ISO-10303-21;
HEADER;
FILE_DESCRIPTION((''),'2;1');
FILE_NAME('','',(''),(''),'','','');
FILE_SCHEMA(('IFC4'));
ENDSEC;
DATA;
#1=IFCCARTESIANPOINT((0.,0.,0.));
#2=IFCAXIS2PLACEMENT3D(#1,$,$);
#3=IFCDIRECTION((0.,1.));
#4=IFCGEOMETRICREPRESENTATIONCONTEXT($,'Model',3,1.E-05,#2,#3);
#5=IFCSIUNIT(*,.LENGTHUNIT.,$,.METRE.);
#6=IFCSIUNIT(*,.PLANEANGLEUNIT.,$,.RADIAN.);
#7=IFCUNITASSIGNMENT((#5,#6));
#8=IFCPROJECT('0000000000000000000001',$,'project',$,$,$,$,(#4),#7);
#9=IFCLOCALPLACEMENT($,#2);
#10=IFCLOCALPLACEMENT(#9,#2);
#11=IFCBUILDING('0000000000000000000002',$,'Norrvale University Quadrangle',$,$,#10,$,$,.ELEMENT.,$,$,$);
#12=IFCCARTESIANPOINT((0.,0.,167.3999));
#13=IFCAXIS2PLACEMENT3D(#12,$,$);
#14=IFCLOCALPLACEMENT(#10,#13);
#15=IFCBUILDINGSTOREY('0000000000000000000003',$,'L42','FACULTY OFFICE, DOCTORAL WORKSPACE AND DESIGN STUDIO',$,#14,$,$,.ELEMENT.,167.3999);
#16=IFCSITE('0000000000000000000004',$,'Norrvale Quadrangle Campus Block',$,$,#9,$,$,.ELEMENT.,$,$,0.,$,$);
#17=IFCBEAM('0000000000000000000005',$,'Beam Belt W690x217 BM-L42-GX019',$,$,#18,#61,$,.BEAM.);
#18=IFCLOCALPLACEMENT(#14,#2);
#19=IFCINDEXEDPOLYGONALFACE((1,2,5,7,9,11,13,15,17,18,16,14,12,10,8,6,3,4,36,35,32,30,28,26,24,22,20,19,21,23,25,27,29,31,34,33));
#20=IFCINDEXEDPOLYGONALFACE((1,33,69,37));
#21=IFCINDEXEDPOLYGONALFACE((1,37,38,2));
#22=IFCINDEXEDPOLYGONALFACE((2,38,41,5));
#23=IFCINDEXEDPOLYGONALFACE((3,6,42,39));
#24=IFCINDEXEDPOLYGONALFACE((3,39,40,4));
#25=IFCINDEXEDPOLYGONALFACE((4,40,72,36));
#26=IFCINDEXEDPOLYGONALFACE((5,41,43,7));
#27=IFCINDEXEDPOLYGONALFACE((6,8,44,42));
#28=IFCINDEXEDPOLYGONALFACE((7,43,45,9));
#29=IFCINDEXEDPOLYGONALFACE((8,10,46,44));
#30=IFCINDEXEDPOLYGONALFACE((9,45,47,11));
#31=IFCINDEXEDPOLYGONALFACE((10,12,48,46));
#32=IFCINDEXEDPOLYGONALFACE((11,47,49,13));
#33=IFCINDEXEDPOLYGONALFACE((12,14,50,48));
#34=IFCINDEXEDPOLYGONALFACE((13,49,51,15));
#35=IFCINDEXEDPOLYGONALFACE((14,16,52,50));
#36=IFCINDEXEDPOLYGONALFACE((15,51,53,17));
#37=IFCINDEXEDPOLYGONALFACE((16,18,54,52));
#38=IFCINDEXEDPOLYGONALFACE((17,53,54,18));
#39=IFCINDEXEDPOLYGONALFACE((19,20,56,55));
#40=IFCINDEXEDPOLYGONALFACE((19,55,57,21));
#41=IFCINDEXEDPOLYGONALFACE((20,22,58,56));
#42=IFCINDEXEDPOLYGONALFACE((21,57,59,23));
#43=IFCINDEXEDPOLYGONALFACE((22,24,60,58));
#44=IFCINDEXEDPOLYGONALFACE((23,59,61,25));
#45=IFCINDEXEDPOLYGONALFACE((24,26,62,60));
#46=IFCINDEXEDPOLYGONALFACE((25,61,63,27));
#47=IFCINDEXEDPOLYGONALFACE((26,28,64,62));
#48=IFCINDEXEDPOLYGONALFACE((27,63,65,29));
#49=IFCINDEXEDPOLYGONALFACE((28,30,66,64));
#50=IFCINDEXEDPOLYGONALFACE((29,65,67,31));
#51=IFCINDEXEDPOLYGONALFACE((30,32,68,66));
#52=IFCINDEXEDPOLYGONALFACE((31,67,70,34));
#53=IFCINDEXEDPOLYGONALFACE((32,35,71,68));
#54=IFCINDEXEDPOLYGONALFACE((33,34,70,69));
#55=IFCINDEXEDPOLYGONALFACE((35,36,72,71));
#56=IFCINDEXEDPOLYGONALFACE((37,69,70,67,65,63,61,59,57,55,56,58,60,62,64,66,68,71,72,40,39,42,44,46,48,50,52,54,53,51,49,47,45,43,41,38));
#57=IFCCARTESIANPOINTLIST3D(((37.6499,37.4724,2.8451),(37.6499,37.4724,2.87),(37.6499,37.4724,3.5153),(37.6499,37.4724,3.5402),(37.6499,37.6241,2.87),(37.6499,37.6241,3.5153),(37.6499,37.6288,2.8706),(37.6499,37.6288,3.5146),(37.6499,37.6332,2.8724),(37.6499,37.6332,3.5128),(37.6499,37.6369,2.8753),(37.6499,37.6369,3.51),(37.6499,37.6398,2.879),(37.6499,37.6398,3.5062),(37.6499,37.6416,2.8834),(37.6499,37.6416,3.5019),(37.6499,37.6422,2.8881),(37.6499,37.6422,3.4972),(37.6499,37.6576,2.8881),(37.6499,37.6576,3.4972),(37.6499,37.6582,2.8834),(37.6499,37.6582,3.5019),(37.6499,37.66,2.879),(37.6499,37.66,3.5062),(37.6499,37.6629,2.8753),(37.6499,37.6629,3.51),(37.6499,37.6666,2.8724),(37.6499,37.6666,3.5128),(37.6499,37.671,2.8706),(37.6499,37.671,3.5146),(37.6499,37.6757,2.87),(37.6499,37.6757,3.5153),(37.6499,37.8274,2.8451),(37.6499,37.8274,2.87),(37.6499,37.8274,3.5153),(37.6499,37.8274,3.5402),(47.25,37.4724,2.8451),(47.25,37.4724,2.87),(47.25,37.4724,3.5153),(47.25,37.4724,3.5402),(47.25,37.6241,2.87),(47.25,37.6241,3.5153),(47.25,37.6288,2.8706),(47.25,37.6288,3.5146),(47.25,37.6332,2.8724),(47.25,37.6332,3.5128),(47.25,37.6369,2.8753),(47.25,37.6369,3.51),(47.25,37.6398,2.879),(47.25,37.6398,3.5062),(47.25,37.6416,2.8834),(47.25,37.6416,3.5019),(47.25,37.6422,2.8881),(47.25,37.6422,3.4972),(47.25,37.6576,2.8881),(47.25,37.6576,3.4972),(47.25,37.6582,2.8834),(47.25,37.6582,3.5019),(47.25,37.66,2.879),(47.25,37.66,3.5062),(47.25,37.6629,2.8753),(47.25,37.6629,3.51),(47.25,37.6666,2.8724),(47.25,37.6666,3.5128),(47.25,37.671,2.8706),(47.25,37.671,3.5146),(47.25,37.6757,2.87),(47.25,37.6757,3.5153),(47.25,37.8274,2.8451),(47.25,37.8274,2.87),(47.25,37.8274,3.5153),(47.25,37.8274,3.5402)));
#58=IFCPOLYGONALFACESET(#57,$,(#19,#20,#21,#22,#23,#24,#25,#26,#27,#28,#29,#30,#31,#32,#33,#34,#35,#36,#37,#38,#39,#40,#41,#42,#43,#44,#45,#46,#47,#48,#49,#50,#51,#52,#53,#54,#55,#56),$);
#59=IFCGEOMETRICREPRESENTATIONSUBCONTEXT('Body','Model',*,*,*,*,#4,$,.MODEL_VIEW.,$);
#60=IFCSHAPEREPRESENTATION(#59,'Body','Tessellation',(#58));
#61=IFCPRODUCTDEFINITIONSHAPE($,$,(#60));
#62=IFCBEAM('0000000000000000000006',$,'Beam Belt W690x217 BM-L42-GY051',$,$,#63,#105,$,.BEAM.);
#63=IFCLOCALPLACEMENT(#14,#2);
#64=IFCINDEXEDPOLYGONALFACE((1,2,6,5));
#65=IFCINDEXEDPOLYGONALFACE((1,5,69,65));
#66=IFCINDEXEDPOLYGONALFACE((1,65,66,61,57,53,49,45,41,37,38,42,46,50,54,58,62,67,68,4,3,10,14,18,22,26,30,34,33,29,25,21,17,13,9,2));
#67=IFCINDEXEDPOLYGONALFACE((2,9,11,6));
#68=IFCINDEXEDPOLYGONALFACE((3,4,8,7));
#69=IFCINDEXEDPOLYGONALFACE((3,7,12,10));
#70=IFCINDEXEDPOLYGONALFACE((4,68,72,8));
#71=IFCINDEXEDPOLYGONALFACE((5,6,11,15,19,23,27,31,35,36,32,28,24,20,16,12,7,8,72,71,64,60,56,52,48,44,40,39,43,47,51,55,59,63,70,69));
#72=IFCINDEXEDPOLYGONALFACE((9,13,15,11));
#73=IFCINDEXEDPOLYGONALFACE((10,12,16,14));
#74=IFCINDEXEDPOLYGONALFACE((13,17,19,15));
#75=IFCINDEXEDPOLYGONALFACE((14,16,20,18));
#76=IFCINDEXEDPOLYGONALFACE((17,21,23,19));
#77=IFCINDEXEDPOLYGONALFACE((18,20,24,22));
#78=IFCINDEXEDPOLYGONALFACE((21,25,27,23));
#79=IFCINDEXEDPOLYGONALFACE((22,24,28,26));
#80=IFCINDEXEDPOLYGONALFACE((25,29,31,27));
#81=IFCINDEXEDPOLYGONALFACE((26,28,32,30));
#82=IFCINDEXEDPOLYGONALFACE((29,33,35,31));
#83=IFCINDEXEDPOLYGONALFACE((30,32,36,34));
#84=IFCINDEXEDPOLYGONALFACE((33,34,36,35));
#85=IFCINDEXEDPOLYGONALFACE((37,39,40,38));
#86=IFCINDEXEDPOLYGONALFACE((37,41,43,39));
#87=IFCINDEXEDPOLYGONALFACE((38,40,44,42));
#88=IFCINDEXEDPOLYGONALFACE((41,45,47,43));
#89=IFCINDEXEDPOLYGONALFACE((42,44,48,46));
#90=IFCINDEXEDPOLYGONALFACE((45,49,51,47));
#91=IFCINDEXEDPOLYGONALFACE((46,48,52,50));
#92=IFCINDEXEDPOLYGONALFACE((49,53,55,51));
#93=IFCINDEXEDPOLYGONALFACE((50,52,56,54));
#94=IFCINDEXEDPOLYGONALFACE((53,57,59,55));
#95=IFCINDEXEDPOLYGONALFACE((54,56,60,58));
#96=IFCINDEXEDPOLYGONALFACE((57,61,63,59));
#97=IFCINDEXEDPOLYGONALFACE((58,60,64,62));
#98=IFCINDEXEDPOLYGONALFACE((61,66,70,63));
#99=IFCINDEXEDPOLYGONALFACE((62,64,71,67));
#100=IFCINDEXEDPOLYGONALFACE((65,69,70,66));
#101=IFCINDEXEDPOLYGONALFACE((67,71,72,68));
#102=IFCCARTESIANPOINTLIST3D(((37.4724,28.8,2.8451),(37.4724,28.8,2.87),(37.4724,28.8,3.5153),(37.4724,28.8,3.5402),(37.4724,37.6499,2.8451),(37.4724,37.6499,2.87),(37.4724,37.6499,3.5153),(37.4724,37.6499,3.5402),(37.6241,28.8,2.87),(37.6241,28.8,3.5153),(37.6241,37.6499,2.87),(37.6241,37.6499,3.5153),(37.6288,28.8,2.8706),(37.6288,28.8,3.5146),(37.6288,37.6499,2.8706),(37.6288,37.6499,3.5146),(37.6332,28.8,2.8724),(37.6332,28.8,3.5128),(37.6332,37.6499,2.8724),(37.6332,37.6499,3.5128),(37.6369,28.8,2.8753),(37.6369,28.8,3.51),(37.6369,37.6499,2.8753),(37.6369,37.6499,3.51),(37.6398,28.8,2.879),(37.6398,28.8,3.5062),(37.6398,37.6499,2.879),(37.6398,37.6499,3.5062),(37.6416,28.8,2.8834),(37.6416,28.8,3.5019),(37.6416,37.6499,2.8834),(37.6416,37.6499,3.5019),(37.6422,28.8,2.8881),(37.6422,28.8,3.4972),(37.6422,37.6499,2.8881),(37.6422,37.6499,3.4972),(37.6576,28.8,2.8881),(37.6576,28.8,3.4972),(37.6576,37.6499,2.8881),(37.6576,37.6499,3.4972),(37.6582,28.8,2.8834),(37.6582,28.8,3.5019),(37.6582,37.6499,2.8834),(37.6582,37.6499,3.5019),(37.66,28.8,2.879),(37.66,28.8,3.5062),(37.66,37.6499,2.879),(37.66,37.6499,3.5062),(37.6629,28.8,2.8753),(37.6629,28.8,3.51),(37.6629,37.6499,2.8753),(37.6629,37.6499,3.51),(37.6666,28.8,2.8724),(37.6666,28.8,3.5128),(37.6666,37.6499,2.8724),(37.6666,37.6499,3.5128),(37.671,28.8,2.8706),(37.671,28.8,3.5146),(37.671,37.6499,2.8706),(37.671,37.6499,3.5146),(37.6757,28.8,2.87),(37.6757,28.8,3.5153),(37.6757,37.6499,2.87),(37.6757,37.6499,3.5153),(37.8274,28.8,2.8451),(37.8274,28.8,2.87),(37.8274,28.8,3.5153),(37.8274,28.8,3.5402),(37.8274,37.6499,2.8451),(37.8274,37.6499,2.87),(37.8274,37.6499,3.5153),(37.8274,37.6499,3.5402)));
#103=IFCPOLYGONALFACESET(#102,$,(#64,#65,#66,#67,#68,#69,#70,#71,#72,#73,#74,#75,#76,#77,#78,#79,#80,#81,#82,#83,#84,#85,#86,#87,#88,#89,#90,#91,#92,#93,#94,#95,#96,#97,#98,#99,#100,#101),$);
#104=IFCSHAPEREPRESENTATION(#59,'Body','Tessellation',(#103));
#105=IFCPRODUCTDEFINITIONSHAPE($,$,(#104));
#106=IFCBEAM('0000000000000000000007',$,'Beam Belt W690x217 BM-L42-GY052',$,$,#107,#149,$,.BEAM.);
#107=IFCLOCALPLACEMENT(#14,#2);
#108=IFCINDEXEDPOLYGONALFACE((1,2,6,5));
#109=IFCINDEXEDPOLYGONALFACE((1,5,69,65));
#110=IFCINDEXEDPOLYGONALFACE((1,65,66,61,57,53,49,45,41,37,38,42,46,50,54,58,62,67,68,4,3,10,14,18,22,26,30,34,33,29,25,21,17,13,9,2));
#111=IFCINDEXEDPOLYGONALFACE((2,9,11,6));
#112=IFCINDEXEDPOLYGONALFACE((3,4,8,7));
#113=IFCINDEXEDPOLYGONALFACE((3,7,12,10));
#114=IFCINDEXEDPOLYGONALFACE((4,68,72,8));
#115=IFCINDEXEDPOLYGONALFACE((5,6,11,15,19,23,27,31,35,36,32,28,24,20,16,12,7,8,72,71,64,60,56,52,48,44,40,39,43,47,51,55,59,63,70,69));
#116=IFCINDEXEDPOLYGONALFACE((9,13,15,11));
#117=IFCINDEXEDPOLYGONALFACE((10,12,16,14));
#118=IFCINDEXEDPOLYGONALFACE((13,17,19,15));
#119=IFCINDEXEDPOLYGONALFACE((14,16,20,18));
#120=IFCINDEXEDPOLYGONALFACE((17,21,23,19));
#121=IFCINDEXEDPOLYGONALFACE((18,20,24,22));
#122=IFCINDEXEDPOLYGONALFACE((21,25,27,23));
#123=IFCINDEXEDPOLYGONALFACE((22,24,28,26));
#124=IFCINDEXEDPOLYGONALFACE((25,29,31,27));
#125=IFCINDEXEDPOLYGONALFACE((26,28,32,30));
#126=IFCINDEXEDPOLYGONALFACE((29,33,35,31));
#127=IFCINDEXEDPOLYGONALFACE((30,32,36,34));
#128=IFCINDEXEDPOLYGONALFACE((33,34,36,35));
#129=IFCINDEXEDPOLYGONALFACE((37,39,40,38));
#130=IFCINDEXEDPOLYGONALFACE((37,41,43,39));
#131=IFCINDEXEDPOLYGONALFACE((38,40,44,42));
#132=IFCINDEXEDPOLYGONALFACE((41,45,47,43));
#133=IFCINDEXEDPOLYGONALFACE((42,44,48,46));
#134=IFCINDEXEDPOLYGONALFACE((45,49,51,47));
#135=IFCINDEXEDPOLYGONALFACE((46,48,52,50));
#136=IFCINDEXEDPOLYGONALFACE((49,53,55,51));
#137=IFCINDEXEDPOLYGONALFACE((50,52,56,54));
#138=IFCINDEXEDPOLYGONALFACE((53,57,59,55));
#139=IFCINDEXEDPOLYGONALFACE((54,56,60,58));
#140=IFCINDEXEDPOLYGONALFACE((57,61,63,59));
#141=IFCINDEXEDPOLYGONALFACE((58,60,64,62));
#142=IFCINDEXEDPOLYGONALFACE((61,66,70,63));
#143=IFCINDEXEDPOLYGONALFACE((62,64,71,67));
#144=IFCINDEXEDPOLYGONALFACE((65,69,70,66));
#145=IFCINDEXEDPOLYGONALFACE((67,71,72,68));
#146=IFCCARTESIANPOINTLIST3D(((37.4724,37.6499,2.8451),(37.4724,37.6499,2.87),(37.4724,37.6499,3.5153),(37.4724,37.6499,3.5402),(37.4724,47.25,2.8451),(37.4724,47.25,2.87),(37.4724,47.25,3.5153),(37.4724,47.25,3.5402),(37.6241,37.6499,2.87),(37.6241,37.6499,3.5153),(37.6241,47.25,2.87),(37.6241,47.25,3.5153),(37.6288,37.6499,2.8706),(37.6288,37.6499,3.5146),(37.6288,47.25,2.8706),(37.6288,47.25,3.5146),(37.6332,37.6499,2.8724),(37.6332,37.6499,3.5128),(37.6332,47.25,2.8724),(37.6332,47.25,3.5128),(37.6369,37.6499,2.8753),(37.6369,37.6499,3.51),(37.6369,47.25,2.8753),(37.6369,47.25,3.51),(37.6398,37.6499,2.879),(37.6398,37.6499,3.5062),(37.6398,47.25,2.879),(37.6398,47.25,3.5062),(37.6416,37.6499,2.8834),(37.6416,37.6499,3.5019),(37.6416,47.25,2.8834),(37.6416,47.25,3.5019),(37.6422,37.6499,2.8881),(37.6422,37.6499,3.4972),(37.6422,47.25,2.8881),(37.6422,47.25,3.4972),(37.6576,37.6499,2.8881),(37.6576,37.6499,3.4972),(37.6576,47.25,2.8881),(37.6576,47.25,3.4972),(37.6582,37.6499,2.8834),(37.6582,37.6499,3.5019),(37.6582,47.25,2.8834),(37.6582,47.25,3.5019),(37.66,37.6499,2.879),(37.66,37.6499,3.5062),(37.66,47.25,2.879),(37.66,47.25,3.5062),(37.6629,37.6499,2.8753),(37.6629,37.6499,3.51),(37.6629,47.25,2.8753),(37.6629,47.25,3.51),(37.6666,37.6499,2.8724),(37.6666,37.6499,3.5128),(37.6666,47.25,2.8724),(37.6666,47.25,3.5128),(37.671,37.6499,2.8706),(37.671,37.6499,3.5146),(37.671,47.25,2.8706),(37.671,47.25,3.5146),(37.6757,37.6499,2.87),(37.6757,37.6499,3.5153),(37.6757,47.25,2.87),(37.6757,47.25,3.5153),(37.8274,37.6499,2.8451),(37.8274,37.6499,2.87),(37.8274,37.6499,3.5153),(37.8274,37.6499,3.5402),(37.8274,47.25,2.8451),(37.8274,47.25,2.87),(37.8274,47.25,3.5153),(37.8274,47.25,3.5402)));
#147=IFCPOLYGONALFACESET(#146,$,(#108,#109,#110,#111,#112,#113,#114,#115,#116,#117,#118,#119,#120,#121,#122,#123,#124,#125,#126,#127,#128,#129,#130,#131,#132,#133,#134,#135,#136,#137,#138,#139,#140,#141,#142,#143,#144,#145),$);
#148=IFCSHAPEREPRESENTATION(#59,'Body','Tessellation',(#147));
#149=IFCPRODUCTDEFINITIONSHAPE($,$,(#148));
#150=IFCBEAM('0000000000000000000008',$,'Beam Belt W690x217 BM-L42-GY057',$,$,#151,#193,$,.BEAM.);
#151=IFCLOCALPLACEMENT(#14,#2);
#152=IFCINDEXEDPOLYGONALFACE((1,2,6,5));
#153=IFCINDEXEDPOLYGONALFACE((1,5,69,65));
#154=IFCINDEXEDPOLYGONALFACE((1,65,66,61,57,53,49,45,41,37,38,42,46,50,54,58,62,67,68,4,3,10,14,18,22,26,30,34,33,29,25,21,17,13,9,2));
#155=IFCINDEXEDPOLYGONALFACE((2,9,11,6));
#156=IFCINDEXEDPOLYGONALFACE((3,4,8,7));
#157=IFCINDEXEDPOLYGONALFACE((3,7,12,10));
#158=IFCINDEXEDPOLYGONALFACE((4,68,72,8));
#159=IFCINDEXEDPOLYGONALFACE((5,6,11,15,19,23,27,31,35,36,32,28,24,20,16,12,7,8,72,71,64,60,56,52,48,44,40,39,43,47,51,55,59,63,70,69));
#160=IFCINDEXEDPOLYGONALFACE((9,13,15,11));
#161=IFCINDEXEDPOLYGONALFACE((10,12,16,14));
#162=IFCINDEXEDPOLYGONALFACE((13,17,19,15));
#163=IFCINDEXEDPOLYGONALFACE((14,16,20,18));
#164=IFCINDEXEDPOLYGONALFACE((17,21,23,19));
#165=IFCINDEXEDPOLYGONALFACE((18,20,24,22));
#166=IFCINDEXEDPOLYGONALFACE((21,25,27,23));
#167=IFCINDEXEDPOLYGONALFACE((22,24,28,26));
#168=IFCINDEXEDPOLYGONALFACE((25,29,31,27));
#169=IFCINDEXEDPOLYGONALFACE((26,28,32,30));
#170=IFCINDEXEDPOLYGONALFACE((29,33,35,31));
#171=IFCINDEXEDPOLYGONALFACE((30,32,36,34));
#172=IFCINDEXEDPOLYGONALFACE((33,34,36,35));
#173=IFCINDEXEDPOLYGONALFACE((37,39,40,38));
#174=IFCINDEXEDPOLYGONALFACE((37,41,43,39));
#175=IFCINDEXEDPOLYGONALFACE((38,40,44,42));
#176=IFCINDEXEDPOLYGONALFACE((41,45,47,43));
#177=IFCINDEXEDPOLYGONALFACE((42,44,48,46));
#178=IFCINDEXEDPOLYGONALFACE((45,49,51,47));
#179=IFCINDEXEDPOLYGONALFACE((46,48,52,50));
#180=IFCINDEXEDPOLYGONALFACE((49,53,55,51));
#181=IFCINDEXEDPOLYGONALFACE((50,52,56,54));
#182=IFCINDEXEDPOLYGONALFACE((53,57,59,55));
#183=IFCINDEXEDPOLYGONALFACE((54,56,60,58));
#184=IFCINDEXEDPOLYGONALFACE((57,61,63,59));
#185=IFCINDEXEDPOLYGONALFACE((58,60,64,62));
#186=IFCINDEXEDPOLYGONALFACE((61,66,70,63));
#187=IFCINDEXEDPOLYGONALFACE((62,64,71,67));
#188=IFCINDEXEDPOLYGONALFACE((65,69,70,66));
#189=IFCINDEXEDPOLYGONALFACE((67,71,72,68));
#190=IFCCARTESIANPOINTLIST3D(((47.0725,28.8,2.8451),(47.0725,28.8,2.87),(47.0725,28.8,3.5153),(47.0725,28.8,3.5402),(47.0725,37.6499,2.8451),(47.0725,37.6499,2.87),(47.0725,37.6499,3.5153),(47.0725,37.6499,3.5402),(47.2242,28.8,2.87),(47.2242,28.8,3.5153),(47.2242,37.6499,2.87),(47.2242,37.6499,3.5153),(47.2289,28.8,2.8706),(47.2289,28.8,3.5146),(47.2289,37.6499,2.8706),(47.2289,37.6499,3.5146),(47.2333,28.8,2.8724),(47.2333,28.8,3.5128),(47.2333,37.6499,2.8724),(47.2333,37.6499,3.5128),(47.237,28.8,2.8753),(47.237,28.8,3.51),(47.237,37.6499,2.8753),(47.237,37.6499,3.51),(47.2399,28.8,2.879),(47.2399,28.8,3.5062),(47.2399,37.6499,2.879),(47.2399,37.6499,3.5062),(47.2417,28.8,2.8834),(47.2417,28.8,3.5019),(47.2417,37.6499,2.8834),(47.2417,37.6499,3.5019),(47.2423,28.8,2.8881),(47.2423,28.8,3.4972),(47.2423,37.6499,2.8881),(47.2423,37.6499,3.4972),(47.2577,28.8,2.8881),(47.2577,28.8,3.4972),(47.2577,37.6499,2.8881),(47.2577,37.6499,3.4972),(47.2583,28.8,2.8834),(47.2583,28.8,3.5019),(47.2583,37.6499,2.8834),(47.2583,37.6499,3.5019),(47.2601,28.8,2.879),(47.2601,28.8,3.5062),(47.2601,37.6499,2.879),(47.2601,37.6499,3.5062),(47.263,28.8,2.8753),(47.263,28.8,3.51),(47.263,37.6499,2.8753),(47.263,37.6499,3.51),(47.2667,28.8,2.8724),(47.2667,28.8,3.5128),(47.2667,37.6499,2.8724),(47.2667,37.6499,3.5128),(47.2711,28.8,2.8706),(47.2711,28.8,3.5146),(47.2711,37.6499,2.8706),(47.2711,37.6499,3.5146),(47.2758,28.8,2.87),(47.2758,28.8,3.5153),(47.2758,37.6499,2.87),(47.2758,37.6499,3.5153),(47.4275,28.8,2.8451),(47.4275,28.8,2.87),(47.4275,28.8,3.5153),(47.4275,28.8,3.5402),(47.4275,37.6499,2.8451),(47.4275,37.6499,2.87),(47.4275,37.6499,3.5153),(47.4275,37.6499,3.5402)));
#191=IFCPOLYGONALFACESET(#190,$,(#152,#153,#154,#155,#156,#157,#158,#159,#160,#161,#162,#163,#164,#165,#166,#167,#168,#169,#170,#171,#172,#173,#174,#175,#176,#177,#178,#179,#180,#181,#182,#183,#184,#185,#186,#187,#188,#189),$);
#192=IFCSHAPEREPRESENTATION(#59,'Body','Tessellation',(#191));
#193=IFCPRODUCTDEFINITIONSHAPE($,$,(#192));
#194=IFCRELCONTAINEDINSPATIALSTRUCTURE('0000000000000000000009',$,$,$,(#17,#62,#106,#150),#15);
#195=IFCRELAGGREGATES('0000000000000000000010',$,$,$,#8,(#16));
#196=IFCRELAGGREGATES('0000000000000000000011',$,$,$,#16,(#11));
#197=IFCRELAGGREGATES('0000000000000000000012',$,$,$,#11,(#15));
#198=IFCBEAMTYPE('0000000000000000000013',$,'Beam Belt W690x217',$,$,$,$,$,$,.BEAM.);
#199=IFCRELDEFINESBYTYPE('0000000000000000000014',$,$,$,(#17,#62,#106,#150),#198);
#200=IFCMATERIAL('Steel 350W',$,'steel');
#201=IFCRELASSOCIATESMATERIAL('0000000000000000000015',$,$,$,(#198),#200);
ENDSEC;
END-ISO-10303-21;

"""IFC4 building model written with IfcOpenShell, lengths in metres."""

from ifc_helpers import new_model, si_unit, direction, frame, origin, origin_2d, place, context, subcontext, project, spatial, i_section, extrude, material, material_profile, profile_set, type_object, element, save


model = new_model("IFC4")

# Units and contexts
model_context = context("Model", 3, precision=1e-05, world=origin(), true_north=direction((0.0, 1.0)))
body_context = subcontext(model_context, "Body", "Model", "MODEL_VIEW")
ifc_project = project(units=[si_unit("LENGTHUNIT", "METRE"), si_unit("PLANEANGLEUNIT", "RADIAN")], contexts=[model_context])

# Site, building, storey
site_placement = place(None, origin())
site = spatial("IfcSite", under=ifc_project, at=site_placement, Name="Norrvale Quadrangle Campus Block", CompositionType="ELEMENT", RefElevation=0.0)
building_placement = place(site_placement, origin())
building = spatial("IfcBuilding", under=site, at=building_placement, Name="Norrvale University Quadrangle", CompositionType="ELEMENT")
storey_placement = place(building_placement, frame((0.0, 0.0, 167.3999)))
storey = spatial("IfcBuildingStorey", under=building, at=storey_placement, Name="L42", Description="FACULTY OFFICE, DOCTORAL WORKSPACE AND DESIGN STUDIO", CompositionType="ELEMENT", Elevation=167.3999)

# Beams
ifc_material_1 = material(Name="Steel 350W", Category="steel")
ifc_material_profile_1 = material_profile(ifc_material_1, i_section(OverallWidth=0.355, OverallDepth=0.6951, WebThickness=0.0154, FlangeThickness=0.0249, FilletRadius=0.0181, at=origin_2d()), Name="Steel 350W")
ifc_profile_set_1 = profile_set([ifc_material_profile_1], Name="Steel 350W")
beam_type_1 = type_object("IfcBeamType", Name="Beam Belt W690x217", PredefinedType="BEAM", material=ifc_profile_set_1)
for number, where, z_axis, x_axis, name in (
    (1, (37.6499, 37.6499, 3.1926), (1.0, 0.0, 0.0), (0.0, 1.0, 0.0), "Beam Belt W690x217 BM-L42-GX019"),
):
    element("IfcBeam", number, at=place(storey_placement, frame(where, z_axis=z_axis, x_axis=x_axis)), inside=storey, type_object=beam_type_1, Name=name, PredefinedType="BEAM", context=body_context, shape_type="SweptSolid", body=[
        extrude(i_section(OverallWidth=0.355, OverallDepth=0.6951, WebThickness=0.0154, FlangeThickness=0.0249, FilletRadius=0.0181, at=origin_2d()), origin(), (0.0, 0.0, 1.0), 9.6001),
    ])
beam_1_placement = place(storey_placement, frame((37.6499, 28.8, 3.1926), z_axis=(0.0, 1.0, 0.0), x_axis=(-1.0, 0.0, 0.0)))
element("IfcBeam", 2, at=beam_1_placement, inside=storey, type_object=beam_type_1, Name="Beam Belt W690x217 BM-L42-GY051", PredefinedType="BEAM", context=body_context, shape_type="SweptSolid", body=[
    extrude(i_section(OverallWidth=0.355, OverallDepth=0.6951, WebThickness=0.0154, FlangeThickness=0.0249, FilletRadius=0.0181, at=origin_2d()), origin(), (0.0, 0.0, 1.0), 8.8499),
])
beam_2_placement = place(storey_placement, frame((37.6499, 37.6499, 3.1926), z_axis=(0.0, 1.0, 0.0), x_axis=(-1.0, 0.0, 0.0)))
element("IfcBeam", 3, at=beam_2_placement, inside=storey, type_object=beam_type_1, Name="Beam Belt W690x217 BM-L42-GY052", PredefinedType="BEAM", context=body_context, shape_type="SweptSolid", body=[
    extrude(i_section(OverallWidth=0.355, OverallDepth=0.6951, WebThickness=0.0154, FlangeThickness=0.0249, FilletRadius=0.0181, at=origin_2d()), origin(), (0.0, 0.0, 1.0), 9.6001),
])
beam_3_placement = place(storey_placement, frame((47.25, 28.8, 3.1926), z_axis=(0.0, 1.0, 0.0), x_axis=(-1.0, 0.0, 0.0)))
element("IfcBeam", 4, at=beam_3_placement, inside=storey, type_object=beam_type_1, Name="Beam Belt W690x217 BM-L42-GY057", PredefinedType="BEAM", context=body_context, shape_type="SweptSolid", body=[
    extrude(i_section(OverallWidth=0.355, OverallDepth=0.6951, WebThickness=0.0154, FlangeThickness=0.0249, FilletRadius=0.0181, at=origin_2d()), origin(), (0.0, 0.0, 1.0), 8.8499),
])

save(model, "model.ifc")
